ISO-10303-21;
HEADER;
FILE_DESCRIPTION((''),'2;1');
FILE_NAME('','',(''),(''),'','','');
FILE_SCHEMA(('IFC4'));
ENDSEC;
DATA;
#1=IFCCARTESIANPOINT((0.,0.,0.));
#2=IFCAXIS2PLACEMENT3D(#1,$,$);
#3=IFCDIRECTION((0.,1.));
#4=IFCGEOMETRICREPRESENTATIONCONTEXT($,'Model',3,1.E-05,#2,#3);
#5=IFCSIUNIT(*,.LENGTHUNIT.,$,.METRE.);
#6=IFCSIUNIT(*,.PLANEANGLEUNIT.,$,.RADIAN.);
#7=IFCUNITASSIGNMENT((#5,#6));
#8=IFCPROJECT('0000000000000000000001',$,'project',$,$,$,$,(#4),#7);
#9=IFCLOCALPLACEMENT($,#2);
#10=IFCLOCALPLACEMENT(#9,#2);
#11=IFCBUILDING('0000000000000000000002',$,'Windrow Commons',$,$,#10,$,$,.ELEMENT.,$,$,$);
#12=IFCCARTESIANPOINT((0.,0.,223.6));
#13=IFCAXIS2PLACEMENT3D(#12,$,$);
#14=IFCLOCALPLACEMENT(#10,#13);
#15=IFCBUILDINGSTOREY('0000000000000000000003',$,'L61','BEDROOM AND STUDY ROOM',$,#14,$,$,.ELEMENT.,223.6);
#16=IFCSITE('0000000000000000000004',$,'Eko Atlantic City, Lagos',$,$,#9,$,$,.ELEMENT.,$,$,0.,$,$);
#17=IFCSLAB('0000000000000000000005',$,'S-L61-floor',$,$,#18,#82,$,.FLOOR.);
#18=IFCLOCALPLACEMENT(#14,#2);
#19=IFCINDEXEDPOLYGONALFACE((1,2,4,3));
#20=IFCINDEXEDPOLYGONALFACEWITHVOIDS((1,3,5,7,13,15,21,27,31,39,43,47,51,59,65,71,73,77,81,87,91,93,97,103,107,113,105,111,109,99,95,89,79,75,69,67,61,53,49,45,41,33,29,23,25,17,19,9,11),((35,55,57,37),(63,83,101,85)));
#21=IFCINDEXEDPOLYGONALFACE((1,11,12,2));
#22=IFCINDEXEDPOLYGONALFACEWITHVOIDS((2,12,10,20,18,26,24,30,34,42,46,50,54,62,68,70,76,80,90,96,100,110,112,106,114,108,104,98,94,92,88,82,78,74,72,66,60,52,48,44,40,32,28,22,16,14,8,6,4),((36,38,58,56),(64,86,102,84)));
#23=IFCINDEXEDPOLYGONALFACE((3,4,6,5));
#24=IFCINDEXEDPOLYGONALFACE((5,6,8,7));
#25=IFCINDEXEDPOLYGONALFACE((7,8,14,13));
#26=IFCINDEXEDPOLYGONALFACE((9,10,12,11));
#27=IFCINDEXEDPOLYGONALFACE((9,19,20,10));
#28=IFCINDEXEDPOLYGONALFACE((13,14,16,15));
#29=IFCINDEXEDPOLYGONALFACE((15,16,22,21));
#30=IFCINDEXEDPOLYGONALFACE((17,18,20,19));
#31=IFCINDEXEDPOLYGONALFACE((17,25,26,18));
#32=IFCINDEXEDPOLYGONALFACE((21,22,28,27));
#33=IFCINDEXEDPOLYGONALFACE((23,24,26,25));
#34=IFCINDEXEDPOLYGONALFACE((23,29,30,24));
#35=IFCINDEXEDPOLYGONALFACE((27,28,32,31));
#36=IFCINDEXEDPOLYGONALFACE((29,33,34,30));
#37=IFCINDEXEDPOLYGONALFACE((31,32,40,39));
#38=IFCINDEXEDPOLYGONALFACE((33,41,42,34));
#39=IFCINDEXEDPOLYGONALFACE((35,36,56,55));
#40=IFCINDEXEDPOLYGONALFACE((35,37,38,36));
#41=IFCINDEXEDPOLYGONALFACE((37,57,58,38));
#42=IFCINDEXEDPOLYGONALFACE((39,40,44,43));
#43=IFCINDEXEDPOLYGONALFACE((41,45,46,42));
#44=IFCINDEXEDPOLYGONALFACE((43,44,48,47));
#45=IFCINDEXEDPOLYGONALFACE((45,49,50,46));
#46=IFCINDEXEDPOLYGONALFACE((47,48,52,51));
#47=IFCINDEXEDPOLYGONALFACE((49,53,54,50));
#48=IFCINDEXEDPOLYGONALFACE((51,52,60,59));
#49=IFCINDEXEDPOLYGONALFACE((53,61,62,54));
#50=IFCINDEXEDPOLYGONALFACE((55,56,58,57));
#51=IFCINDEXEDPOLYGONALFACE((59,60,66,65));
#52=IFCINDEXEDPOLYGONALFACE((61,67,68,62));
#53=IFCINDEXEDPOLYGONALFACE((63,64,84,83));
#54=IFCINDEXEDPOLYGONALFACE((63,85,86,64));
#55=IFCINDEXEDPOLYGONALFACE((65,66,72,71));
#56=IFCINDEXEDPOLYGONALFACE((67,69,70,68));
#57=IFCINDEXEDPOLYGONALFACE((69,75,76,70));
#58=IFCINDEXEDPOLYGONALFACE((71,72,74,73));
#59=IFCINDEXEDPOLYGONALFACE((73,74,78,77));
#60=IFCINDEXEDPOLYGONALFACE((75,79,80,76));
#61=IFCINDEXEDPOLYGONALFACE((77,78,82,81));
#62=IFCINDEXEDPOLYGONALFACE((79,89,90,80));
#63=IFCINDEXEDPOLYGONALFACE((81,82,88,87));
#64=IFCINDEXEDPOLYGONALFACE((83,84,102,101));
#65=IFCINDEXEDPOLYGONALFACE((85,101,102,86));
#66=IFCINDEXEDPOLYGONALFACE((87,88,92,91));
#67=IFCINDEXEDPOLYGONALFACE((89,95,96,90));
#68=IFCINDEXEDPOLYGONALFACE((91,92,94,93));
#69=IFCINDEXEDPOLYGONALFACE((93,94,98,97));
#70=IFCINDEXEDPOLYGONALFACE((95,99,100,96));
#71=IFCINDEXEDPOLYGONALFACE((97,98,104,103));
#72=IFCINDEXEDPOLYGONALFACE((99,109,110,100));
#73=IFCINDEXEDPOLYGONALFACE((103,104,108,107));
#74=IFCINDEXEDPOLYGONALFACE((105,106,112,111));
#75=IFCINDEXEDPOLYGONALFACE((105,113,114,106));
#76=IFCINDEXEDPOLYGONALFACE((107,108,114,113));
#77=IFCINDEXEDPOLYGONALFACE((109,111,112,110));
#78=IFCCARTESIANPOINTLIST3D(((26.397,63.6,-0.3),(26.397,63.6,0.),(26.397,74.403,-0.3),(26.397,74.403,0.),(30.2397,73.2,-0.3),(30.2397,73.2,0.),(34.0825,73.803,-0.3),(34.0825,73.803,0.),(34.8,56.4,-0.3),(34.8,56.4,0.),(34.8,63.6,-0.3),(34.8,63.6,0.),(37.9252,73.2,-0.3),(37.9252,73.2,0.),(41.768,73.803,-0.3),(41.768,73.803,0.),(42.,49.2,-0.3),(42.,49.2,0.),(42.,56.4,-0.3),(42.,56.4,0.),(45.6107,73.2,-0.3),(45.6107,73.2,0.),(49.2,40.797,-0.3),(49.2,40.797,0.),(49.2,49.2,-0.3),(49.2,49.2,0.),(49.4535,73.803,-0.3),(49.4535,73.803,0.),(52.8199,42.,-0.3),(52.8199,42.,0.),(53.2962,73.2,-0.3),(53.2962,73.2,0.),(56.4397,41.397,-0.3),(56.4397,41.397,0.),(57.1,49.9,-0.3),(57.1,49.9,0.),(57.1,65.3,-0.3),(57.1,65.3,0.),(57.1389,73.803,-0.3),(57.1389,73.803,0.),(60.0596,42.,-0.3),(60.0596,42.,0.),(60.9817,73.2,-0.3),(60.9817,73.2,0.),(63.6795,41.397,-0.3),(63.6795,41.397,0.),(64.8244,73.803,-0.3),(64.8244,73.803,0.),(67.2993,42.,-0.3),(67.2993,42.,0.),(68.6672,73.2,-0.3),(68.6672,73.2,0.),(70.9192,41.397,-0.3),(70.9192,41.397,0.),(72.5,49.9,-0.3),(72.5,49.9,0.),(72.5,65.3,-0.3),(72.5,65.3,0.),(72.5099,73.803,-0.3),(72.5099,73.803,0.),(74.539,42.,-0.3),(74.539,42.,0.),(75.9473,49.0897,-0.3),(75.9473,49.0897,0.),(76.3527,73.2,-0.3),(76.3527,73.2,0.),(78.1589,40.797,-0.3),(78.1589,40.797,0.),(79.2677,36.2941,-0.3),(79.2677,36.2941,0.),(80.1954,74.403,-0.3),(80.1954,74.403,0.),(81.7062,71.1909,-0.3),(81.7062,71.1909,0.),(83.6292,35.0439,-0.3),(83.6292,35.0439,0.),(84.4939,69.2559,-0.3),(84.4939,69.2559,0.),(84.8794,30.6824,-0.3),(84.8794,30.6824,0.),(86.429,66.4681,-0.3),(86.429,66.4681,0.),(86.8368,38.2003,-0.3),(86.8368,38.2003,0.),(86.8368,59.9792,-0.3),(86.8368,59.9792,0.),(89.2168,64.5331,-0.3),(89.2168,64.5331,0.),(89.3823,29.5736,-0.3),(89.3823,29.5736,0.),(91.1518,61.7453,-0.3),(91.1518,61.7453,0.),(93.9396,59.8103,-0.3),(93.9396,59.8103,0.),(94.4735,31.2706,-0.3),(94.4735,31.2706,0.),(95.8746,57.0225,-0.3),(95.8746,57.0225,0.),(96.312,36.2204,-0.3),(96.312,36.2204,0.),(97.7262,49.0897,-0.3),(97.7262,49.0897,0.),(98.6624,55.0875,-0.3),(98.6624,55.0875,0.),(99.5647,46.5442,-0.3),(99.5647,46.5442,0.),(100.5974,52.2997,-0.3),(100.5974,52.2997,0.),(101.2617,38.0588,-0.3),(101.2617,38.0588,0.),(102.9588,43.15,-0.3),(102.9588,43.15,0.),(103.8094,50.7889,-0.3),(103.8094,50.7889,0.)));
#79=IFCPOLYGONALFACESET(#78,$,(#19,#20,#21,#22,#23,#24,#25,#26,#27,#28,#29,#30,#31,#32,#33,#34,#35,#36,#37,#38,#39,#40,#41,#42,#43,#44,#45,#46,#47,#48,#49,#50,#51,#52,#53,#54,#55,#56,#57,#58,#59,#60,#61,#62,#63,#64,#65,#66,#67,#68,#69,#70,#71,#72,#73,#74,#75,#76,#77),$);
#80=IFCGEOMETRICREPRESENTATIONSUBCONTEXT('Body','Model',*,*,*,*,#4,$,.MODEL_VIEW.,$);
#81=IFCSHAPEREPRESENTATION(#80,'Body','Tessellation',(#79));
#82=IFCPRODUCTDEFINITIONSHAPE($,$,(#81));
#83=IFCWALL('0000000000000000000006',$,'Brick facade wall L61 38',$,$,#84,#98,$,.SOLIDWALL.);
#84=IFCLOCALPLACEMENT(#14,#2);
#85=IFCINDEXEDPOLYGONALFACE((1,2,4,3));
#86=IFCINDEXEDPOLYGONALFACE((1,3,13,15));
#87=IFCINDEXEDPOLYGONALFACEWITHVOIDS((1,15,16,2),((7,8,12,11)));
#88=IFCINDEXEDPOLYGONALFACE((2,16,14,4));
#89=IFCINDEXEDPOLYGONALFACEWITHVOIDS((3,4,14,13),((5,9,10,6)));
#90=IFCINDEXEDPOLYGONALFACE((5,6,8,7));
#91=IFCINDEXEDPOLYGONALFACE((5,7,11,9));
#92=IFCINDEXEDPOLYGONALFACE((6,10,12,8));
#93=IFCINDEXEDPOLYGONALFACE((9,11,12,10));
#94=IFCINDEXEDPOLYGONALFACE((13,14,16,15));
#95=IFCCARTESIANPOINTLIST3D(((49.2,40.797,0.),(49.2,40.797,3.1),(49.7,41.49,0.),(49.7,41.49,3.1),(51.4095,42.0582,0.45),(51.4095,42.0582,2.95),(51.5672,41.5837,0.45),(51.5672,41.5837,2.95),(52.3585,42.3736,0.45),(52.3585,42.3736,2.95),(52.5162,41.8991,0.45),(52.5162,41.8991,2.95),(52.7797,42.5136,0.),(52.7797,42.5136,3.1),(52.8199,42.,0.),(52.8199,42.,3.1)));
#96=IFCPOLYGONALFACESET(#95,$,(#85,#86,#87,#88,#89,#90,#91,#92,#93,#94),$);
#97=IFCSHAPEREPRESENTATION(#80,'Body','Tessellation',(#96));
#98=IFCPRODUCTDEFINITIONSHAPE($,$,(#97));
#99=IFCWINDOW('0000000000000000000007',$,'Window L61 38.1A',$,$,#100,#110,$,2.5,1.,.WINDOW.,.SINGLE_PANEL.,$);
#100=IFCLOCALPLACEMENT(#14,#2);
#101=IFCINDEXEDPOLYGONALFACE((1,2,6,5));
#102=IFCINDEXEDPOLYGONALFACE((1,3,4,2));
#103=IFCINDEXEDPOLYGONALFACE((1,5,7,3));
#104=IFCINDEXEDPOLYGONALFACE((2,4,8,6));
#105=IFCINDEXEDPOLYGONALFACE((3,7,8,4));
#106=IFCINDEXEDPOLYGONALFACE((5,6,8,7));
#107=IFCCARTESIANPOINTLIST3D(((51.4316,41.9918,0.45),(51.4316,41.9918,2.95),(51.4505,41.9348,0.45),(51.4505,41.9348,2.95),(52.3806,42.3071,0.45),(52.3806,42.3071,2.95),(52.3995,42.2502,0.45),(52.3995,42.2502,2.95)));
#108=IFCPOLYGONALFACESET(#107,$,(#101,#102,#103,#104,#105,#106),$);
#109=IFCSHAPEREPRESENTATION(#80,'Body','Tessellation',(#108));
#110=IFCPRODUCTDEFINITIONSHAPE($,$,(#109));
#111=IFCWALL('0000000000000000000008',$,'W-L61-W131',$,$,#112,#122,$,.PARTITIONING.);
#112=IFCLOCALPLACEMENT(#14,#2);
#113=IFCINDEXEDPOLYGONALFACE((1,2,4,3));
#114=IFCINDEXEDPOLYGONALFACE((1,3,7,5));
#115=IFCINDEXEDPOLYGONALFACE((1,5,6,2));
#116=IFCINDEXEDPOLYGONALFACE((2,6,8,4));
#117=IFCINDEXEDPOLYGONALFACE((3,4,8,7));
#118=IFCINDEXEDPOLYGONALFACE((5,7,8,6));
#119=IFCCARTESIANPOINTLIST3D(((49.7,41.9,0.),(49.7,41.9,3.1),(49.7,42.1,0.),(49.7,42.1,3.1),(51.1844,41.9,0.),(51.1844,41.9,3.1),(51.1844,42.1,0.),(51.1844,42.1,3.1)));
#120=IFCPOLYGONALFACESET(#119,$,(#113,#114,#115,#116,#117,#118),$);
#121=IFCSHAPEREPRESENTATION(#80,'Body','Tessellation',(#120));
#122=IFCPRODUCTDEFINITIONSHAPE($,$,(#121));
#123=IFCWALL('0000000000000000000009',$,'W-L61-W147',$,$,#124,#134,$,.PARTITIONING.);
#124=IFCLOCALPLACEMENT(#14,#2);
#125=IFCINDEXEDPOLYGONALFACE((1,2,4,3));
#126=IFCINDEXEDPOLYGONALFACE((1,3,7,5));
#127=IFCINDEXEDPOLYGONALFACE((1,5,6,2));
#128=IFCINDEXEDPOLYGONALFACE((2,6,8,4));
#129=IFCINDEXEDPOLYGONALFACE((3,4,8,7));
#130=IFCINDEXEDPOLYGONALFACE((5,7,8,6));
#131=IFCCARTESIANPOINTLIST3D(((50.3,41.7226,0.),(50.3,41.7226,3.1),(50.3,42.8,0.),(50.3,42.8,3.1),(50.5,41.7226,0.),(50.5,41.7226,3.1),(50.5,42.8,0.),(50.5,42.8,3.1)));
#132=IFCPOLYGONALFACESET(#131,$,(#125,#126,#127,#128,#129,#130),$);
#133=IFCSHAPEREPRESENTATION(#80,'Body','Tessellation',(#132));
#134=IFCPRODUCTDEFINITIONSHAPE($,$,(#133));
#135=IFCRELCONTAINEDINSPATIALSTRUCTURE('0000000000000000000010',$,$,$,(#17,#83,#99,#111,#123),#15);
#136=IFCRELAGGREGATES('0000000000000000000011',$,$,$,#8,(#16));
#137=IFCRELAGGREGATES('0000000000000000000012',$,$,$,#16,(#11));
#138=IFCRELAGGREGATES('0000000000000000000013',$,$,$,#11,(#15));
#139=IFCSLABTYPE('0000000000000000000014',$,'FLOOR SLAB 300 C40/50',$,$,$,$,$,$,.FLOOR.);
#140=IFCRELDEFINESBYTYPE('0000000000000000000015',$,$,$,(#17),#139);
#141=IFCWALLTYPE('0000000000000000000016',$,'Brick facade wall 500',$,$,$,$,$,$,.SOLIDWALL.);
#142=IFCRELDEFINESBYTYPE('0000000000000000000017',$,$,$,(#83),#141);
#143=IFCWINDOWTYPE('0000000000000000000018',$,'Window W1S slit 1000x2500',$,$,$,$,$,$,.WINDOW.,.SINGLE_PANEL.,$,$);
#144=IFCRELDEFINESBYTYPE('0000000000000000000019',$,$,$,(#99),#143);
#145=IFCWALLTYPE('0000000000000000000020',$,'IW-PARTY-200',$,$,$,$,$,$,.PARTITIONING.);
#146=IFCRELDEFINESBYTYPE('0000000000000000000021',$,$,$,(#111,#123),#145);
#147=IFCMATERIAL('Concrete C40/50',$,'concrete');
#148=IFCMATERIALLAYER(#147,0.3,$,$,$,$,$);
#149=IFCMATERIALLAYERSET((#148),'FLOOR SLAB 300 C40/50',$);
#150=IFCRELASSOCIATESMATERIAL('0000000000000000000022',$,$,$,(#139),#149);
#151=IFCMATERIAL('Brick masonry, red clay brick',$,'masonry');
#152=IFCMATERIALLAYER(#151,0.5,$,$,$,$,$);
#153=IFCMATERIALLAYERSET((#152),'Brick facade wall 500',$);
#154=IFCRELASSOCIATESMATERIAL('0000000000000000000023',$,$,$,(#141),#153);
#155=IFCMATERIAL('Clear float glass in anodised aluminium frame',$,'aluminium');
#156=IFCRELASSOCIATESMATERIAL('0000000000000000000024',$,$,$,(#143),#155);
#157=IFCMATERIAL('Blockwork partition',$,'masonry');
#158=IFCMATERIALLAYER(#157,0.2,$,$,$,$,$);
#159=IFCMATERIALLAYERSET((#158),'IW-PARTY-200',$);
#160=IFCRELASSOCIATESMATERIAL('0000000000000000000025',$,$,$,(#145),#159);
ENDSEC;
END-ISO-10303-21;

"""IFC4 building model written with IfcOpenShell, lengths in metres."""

from ifc_helpers import new_model, si_unit, direction, frame, frame_2d, origin, place, context, subcontext, project, spatial, polyline, rectangle, outline, extrude, material, layer, layer_set, type_object, element, fill, save


model = new_model("IFC4")

# Units and contexts
model_context = context("Model", 3, precision=1e-05, world=origin(), true_north=direction((0.0, 1.0)))
body_context = subcontext(model_context, "Body", "Model", "MODEL_VIEW")
ifc_project = project(units=[si_unit("LENGTHUNIT", "METRE"), si_unit("PLANEANGLEUNIT", "RADIAN")], contexts=[model_context])

# Site, building, storey
site_placement = place(None, origin())
site = spatial("IfcSite", under=ifc_project, at=site_placement, Name="Eko Atlantic City, Lagos", CompositionType="ELEMENT", RefElevation=0.0)
building_placement = place(site_placement, origin())
building = spatial("IfcBuilding", under=site, at=building_placement, Name="Windrow Commons", CompositionType="ELEMENT")
storey_placement = place(building_placement, frame((0.0, 0.0, 223.6)))
storey = spatial("IfcBuildingStorey", under=building, at=storey_placement, Name="L61", Description="BEDROOM AND STUDY ROOM", CompositionType="ELEMENT", Elevation=223.6)

# Shared definitions
placement_1 = place(storey_placement, frame((0.0, 0.0, -0.3)))

# Slab, openings
ifc_material_1 = material(Name="Concrete C40/50", Category="concrete")
ifc_layer_1 = layer(ifc_material_1, 0.3)
ifc_layer_set_1 = layer_set([ifc_layer_1], Name="FLOOR SLAB 300 C40/50")
slab_type_1 = type_object("IfcSlabType", Name="FLOOR SLAB 300 C40/50", PredefinedType="FLOOR", material=ifc_layer_set_1)
slab_1 = element("IfcSlab", 1, at=placement_1, inside=storey, type_object=slab_type_1, Name="S-L61-floor", PredefinedType="FLOOR", context=body_context, shape_type="SweptSolid", body=[
    extrude(outline(polyline([(84.8794, 30.6824), (89.3823, 29.5736), (94.4735, 31.2706), (96.312, 36.2204), (101.2617, 38.0588), (102.9588, 43.15), (99.5647, 46.5442), (103.8094, 50.7889), (100.5974, 52.2997), (98.6624, 55.0875), (95.8746, 57.0225), (93.9396, 59.8103), (91.1518, 61.7453), (89.2168, 64.5331), (86.429, 66.4681), (84.4939, 69.2559), (81.7062, 71.1909), (80.1954, 74.403), (76.3527, 73.2), (72.5099, 73.803), (68.6672, 73.2), (64.8244, 73.803), (60.9817, 73.2), (57.1389, 73.803), (53.2962, 73.2), (49.4535, 73.803), (45.6107, 73.2), (41.768, 73.803), (37.9252, 73.2), (34.0825, 73.803), (30.2397, 73.2), (26.397, 74.403), (26.397, 63.6), (34.8, 63.6), (34.8, 56.4), (42.0, 56.4), (42.0, 49.2), (49.2, 49.2), (49.2, 40.797), (52.8199, 42.0), (56.4397, 41.397), (60.0596, 42.0), (63.6795, 41.397), (67.2993, 42.0), (70.9192, 41.397), (74.539, 42.0), (78.1589, 40.797), (79.2677, 36.2941), (83.6292, 35.0439), (84.8794, 30.6824)]), holes=[polyline([(75.9473, 49.0897), (86.8368, 59.9792), (97.7262, 49.0897), (86.8368, 38.2003), (75.9473, 49.0897)]), polyline([(57.1, 49.9), (57.1, 65.3), (72.5, 65.3), (72.5, 49.9), (57.1, 49.9)])]), origin(), (0.0, 0.0, 1.0), 0.3),
])
opening_1_placement = place(placement_1, origin())
element("IfcOpeningElement", 2, at=opening_1_placement, cuts=slab_1, PredefinedType="OPENING", context=body_context, shape_type="SweptSolid", body=[
    extrude(outline(polyline([(75.9544, 49.0897), (86.8368, 59.9721), (97.7191, 49.0897), (86.8368, 38.2074), (75.9544, 49.0897)])), origin(), (0.0, 0.0, 1.0), 0.3),
])
opening_2_placement = place(placement_1, origin())
element("IfcOpeningElement", 3, at=opening_2_placement, cuts=slab_1, PredefinedType="OPENING", context=body_context, shape_type="SweptSolid", body=[
    extrude(outline(polyline([(57.105, 49.905), (57.105, 65.295), (72.495, 65.295), (72.495, 49.905), (57.105, 49.905)])), origin(), (0.0, 0.0, 1.0), 0.3),
])

# Wall, opening, window
ifc_material_2 = material(Name="Brick masonry, red clay brick", Category="masonry")
ifc_layer_2 = layer(ifc_material_2, 0.5)
ifc_layer_set_2 = layer_set([ifc_layer_2], Name="Brick facade wall 500")
wall_type_1 = type_object("IfcWallType", Name="Brick facade wall 500", PredefinedType="SOLIDWALL", material=ifc_layer_set_2)
wall_1_placement = place(storey_placement, frame((49.45, 41.1435, 0.0), z_axis=(0.0, 0.0, 1.0), x_axis=(0.948963, 0.315386, 0.0)))
wall_1 = element("IfcWall", 4, at=wall_1_placement, inside=storey, type_object=wall_type_1, Name="Brick facade wall L61 38", PredefinedType="SOLIDWALL", context=body_context, shape_type="SweptSolid", body=[
    extrude(outline(polyline([(-0.3465, -0.25), (3.468, -0.25), (3.5919, 0.25), (0.3465, 0.25), (-0.3465, -0.25)])), origin(), (0.0, 0.0, 1.0), 3.1),
])
opening_3_placement = place(wall_1_placement, frame((2.148, 0.0, 0.45)))
opening_3 = element("IfcOpeningElement", 5, at=opening_3_placement, cuts=wall_1, PredefinedType="OPENING", context=body_context, shape_type="SweptSolid", body=[
    extrude(rectangle(XDim=1.0, YDim=2.5, at=frame_2d((0.5, 1.25))), frame((0.0, 0.26, 0.0), z_axis=(0.0, -1.0, 0.0), x_axis=(1.0, 0.0, 0.0)), (0.0, 0.0, 1.0), 0.52),
])
ifc_material_3 = material(Name="Clear float glass in anodised aluminium frame", Category="aluminium")
window_type = type_object("IfcWindowType", Name="Window W1S slit 1000x2500", PartitioningType="SINGLE_PANEL", PredefinedType="WINDOW", material=ifc_material_3)
window_placement = place(opening_3_placement, origin())
window = element("IfcWindow", 6, at=window_placement, inside=storey, type_object=window_type, Name="Window L61 38.1A", OverallHeight=2.5, OverallWidth=1.0, PartitioningType="SINGLE_PANEL", PredefinedType="WINDOW", context=body_context, shape_type="SweptSolid", body=[
    extrude(rectangle(XDim=1.0, YDim=2.5, at=frame_2d((0.5, 1.25))), frame((0.0, 0.18, 0.0), z_axis=(0.0, -1.0, 0.0), x_axis=(1.0, 0.0, 0.0)), (0.0, 0.0, 1.0), 0.06),
])
fill(opening_3, window)

# Walls
ifc_material_4 = material(Name="Blockwork partition", Category="masonry")
ifc_layer_3 = layer(ifc_material_4, 0.2)
ifc_layer_set_3 = layer_set([ifc_layer_3], Name="IW-PARTY-200")
wall_type_2 = type_object("IfcWallType", Name="IW-PARTY-200", PredefinedType="PARTITIONING", material=ifc_layer_set_3)
wall_2_placement = place(storey_placement, frame((49.7, 42.0, 0.0), z_axis=(0.0, 0.0, 1.0), x_axis=(1.0, 0.0, 0.0)))
element("IfcWall", 7, at=wall_2_placement, inside=storey, type_object=wall_type_2, Name="W-L61-W131", PredefinedType="PARTITIONING", context=body_context, shape_type="SweptSolid", body=[
    extrude(rectangle(XDim=1.4844, YDim=0.2, at=frame_2d((0.7422, 0.0))), origin(), (0.0, 0.0, 1.0), 3.1),
])
wall_3_placement = place(storey_placement, frame((50.4, 41.7227, 0.0), z_axis=(0.0, 0.0, 1.0), x_axis=(0.0, 1.0, 0.0)))
element("IfcWall", 8, at=wall_3_placement, inside=storey, type_object=wall_type_2, Name="W-L61-W147", PredefinedType="PARTITIONING", context=body_context, shape_type="SweptSolid", body=[
    extrude(rectangle(XDim=1.0773, YDim=0.2, at=frame_2d((0.5386, 0.0))), origin(), (0.0, 0.0, 1.0), 3.1),
])

save(model, "model.ifc")
